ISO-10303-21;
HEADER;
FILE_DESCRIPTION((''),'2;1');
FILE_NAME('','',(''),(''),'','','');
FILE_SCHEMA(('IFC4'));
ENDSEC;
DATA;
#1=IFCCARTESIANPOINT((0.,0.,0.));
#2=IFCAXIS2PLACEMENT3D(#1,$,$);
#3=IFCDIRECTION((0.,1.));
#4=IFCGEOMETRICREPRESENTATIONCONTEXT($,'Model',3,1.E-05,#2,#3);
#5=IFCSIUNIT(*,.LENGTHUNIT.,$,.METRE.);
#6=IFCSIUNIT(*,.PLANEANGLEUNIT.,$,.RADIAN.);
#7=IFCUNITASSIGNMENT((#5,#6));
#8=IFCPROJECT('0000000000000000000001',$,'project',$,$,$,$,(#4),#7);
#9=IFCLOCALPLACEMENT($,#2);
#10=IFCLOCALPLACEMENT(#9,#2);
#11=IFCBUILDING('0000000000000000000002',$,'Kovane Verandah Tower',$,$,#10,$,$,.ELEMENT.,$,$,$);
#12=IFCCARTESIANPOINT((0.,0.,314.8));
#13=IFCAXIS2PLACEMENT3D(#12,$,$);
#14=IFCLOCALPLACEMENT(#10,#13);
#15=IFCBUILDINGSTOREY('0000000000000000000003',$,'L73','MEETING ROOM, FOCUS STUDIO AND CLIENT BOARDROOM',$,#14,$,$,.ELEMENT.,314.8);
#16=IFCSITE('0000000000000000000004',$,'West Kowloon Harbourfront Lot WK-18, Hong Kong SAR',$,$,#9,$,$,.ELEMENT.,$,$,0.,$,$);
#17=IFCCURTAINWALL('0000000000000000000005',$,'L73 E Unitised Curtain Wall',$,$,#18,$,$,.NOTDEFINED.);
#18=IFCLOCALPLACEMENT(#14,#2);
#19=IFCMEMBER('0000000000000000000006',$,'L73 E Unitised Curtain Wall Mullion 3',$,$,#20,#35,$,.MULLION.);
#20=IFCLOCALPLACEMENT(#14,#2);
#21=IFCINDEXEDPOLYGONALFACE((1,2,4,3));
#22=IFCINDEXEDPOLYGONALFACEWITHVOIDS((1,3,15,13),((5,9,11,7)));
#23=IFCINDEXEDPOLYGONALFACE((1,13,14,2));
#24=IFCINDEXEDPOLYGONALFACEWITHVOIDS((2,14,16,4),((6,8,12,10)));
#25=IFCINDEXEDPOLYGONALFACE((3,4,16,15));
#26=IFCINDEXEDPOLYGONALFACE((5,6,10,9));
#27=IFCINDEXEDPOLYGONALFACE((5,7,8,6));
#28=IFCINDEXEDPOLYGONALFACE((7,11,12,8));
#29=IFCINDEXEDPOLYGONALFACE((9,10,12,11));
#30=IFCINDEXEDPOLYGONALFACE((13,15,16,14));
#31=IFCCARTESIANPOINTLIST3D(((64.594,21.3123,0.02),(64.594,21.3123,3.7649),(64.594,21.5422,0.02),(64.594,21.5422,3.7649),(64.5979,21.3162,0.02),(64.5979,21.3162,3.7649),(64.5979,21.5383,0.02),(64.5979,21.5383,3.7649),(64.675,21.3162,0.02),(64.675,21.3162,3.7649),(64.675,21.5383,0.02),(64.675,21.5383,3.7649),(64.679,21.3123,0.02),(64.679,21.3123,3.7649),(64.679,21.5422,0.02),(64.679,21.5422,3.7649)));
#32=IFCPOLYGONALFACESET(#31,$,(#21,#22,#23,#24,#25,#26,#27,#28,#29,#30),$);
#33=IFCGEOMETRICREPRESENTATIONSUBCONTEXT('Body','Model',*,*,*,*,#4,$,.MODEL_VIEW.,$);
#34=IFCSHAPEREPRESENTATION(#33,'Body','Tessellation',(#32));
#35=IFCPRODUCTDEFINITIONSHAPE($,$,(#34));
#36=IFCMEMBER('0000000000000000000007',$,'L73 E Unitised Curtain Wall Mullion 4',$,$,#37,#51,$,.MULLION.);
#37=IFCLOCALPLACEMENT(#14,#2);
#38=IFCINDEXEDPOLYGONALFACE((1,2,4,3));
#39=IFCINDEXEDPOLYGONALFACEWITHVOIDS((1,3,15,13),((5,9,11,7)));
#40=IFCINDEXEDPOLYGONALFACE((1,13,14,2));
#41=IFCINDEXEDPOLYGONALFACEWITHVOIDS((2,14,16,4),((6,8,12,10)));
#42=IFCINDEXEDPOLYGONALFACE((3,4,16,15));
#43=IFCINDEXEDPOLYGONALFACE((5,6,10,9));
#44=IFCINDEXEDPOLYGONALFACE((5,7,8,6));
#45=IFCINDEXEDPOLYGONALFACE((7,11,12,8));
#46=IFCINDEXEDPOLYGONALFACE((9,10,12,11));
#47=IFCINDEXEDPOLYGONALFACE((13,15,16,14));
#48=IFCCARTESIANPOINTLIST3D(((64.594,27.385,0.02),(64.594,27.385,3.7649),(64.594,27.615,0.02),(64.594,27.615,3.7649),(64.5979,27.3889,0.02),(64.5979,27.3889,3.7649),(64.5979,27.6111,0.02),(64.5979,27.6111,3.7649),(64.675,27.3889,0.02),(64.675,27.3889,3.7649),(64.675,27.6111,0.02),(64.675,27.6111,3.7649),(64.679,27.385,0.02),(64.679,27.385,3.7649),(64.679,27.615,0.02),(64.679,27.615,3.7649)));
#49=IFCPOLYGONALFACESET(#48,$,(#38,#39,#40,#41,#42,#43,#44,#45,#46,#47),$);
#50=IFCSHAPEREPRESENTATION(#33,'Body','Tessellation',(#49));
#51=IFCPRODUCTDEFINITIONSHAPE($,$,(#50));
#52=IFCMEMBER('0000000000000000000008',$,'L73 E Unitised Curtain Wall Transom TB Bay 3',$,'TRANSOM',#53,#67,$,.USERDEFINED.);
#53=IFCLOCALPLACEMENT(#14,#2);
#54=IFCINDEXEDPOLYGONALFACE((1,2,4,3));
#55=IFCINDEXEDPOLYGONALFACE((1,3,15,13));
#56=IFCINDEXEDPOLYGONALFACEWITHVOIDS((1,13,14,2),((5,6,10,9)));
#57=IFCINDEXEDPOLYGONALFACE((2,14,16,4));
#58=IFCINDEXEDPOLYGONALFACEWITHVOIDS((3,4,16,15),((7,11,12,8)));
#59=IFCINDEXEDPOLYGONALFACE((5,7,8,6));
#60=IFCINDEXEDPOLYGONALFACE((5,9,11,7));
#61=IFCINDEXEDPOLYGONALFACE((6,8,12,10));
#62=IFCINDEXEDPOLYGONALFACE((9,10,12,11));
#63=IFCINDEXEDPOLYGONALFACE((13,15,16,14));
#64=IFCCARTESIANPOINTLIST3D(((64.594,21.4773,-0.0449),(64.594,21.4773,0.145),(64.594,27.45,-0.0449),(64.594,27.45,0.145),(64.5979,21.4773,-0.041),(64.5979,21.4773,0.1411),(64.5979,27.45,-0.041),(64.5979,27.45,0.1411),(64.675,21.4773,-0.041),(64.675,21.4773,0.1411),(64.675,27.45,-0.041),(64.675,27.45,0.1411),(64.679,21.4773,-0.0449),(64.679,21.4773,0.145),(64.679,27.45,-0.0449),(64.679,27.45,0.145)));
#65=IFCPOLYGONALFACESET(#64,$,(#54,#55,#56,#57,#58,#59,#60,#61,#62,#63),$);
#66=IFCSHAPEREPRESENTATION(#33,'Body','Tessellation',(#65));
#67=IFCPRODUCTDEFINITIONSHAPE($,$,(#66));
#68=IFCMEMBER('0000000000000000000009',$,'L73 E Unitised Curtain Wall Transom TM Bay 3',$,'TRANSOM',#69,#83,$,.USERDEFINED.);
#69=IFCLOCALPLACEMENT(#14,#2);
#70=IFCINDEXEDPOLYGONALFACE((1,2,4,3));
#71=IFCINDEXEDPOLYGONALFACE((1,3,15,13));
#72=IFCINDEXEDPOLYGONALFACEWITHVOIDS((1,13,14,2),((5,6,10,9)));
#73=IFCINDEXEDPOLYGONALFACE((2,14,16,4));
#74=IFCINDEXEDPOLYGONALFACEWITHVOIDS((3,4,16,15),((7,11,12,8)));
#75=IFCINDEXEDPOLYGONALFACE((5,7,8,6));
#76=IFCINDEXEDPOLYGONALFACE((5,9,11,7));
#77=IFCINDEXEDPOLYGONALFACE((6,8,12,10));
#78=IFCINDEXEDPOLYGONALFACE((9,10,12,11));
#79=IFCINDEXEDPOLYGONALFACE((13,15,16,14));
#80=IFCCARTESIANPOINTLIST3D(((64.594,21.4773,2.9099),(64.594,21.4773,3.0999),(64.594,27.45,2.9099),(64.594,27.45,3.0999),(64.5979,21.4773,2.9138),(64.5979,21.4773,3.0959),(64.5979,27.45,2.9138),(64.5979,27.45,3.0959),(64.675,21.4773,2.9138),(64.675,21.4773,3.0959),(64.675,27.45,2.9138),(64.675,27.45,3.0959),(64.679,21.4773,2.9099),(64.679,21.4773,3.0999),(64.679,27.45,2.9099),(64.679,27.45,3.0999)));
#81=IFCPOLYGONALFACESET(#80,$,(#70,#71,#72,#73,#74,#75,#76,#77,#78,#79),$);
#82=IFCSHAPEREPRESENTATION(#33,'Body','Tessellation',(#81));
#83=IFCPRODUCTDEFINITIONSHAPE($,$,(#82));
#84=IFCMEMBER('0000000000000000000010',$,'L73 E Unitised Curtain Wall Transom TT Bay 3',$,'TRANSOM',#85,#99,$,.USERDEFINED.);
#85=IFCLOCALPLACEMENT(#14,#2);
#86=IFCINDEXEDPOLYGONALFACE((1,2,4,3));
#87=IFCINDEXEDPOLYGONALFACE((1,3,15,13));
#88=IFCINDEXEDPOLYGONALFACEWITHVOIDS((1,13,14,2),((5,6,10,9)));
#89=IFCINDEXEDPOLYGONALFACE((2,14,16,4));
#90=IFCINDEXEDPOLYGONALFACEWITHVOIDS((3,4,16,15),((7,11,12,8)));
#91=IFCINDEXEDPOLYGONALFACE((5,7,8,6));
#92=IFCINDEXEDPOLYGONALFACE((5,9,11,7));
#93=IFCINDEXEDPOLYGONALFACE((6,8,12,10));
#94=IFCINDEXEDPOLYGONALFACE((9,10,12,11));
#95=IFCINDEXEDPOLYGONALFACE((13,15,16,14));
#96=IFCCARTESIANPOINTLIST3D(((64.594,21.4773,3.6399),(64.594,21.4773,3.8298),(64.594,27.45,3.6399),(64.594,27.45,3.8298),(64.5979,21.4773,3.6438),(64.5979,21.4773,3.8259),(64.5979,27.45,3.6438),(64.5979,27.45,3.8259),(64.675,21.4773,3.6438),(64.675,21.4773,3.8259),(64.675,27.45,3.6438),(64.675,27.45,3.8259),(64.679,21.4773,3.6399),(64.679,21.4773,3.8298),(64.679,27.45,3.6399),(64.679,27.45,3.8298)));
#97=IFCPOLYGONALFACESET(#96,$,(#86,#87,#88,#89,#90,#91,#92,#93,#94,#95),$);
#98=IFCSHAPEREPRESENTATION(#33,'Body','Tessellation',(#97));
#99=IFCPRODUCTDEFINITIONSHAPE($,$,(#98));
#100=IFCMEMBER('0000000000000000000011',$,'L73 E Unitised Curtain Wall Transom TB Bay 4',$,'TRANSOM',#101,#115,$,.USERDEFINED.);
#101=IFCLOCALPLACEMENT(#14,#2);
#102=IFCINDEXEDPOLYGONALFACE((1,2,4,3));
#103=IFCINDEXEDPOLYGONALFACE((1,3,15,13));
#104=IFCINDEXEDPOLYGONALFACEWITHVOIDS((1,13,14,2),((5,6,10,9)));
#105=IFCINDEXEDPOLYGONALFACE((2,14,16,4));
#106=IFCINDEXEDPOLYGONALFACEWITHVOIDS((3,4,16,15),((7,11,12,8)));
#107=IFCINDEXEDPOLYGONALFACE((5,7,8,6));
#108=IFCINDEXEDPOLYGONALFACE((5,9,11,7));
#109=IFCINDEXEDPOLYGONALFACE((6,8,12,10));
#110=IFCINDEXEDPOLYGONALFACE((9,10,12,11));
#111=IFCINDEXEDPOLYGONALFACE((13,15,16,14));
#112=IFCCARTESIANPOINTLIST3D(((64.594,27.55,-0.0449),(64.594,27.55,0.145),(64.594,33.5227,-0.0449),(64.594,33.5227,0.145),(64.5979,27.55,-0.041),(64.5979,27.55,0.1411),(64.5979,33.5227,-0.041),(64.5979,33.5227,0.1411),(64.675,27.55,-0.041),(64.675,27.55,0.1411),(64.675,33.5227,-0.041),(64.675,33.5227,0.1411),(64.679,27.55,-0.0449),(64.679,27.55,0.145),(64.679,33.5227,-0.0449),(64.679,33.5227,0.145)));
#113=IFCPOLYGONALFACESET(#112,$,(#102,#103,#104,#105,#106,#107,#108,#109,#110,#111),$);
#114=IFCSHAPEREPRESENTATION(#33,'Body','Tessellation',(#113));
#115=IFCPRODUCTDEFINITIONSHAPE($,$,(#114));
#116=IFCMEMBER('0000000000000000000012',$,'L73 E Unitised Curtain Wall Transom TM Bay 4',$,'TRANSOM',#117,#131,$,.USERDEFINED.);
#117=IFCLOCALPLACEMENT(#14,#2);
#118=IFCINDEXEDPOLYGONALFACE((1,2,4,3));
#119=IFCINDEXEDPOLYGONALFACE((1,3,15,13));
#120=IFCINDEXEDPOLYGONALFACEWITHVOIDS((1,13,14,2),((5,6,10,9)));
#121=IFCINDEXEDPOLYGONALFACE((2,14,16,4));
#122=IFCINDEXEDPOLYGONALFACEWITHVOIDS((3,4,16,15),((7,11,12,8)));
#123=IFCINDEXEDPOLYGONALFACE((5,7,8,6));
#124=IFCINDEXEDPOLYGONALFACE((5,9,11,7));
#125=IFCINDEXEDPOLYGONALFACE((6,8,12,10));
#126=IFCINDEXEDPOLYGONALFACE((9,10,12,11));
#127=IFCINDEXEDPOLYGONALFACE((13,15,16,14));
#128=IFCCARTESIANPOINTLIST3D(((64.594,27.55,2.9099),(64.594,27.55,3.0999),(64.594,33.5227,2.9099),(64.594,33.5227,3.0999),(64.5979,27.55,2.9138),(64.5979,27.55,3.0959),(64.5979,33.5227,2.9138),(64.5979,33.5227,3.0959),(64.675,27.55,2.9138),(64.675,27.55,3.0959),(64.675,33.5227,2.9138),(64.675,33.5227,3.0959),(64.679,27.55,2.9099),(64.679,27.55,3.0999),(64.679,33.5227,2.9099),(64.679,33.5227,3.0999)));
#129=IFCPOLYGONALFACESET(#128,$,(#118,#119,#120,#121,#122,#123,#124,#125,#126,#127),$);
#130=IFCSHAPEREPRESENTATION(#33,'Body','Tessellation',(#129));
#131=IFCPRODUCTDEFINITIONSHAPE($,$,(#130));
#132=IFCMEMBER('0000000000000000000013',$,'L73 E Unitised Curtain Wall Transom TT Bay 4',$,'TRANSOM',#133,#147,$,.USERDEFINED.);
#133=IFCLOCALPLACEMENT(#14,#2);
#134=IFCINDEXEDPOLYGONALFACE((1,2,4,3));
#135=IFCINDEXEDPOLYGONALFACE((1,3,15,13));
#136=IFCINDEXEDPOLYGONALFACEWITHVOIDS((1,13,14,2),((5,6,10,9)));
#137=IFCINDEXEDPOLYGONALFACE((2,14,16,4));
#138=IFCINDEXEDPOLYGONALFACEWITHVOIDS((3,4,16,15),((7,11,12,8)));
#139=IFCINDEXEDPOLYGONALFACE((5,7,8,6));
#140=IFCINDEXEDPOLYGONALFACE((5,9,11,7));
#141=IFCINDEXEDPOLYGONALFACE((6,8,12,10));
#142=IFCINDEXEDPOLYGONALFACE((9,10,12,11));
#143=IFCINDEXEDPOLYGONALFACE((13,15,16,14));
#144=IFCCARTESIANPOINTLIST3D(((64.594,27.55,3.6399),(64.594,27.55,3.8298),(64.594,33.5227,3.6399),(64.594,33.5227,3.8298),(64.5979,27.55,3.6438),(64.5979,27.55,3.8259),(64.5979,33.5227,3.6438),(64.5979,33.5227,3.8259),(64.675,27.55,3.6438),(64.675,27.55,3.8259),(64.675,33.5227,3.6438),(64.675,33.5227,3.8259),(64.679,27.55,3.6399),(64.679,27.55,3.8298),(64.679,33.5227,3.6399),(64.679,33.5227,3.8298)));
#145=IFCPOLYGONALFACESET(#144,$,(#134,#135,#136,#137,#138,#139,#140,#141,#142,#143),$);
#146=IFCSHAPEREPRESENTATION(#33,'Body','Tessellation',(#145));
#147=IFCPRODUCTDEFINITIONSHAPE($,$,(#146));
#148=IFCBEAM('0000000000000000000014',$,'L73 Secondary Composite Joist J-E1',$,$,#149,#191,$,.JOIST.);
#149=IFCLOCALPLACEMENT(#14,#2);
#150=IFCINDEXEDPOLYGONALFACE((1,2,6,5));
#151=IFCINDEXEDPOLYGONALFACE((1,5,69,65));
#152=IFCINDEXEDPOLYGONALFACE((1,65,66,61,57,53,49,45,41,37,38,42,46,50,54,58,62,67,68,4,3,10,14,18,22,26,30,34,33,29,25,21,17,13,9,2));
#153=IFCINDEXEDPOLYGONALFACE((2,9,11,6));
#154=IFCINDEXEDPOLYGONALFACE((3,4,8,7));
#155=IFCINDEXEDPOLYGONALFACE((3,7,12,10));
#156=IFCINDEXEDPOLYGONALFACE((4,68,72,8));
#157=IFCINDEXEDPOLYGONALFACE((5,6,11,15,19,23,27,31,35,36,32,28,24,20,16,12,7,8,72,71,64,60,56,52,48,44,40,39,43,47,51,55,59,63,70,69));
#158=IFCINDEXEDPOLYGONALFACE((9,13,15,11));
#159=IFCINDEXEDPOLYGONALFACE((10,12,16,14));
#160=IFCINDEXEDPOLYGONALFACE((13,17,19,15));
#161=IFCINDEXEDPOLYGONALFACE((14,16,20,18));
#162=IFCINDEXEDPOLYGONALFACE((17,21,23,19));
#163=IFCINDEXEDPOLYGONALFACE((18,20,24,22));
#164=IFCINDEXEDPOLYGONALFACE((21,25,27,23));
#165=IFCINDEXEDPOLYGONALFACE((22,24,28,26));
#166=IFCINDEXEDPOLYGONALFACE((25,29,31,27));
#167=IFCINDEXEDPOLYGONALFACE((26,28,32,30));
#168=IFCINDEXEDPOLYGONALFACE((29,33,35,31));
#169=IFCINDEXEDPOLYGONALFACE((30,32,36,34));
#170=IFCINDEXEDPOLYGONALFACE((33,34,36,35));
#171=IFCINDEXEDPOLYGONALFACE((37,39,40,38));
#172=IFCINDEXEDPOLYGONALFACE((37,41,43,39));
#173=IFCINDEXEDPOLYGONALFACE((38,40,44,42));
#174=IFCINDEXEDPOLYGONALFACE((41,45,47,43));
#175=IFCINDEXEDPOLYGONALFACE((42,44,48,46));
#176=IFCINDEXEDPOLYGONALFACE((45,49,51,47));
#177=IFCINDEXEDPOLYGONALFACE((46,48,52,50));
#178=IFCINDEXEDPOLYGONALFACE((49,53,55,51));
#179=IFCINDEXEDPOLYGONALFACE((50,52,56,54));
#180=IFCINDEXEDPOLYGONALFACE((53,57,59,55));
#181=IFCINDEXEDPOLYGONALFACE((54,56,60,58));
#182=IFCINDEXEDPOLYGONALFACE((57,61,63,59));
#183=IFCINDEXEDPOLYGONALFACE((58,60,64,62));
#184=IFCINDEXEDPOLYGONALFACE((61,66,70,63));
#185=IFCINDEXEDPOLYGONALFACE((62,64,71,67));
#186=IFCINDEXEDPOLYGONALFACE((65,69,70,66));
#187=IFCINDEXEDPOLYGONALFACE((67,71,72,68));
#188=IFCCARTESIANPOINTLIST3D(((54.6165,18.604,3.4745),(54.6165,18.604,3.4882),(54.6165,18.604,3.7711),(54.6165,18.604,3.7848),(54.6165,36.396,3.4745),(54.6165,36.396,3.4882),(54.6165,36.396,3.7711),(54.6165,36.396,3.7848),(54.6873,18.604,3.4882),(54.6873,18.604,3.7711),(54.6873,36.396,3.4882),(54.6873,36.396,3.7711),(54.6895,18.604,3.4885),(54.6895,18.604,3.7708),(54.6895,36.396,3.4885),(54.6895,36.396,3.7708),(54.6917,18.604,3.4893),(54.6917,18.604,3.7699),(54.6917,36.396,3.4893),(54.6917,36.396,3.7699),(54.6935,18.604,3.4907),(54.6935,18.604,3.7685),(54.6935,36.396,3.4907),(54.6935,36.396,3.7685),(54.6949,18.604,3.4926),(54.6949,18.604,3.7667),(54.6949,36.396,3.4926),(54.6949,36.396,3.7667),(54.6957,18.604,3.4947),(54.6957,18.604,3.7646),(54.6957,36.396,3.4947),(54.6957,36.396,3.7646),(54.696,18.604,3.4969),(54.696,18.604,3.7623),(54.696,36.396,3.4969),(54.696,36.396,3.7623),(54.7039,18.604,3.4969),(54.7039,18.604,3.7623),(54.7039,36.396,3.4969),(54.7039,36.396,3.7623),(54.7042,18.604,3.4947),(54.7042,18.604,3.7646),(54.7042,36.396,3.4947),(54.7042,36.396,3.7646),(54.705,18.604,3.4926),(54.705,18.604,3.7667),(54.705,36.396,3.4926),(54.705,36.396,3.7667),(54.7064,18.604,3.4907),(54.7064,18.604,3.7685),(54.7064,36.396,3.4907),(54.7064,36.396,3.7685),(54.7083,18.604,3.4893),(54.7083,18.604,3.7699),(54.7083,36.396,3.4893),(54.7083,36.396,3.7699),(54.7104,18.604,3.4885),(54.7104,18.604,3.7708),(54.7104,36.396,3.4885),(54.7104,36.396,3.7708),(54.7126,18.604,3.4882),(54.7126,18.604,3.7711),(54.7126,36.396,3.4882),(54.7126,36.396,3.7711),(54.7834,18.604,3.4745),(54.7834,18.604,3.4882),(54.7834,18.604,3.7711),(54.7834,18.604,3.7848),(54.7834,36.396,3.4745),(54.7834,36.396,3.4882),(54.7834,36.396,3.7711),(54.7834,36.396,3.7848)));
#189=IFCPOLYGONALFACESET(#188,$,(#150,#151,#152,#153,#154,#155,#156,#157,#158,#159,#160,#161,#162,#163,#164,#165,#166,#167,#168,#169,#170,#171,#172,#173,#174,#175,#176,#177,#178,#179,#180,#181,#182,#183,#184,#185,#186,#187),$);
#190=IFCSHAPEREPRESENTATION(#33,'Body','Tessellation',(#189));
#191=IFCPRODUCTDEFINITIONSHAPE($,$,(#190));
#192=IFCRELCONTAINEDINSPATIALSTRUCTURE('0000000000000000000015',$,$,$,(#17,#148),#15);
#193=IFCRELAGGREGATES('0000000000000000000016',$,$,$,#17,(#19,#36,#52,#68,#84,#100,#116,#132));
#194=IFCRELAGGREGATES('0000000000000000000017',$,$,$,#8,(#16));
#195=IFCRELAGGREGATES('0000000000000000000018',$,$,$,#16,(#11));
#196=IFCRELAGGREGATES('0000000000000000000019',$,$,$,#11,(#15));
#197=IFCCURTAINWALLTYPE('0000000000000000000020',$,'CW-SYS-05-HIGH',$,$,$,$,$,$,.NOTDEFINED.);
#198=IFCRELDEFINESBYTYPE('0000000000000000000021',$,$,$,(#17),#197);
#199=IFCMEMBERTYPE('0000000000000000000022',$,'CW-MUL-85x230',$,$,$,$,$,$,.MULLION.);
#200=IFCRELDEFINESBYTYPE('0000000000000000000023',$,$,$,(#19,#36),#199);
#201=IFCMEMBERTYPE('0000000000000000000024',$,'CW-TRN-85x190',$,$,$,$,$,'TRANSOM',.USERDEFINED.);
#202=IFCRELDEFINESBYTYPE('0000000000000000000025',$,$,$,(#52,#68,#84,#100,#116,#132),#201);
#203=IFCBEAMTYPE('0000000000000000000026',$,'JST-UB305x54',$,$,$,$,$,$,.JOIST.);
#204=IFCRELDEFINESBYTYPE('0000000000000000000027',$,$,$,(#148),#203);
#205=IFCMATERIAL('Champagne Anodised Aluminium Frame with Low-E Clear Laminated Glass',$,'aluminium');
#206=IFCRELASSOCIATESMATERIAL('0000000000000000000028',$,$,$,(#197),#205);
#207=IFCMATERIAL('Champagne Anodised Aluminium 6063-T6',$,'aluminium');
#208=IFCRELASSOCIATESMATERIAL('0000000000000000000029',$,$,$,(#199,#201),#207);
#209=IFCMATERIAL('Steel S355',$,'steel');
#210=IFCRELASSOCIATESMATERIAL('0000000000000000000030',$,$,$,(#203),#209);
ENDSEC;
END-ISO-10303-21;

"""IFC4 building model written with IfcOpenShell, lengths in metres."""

from ifc_helpers import new_model, si_unit, direction, frame, origin, origin_2d, place, context, subcontext, project, spatial, hollow_rectangle, i_section, extrude, material, material_profile, profile_set, type_object, element, aggregate, save


model = new_model("IFC4")

# Units and contexts
model_context = context("Model", 3, precision=1e-05, world=origin(), true_north=direction((0.0, 1.0)))
body_context = subcontext(model_context, "Body", "Model", "MODEL_VIEW")
ifc_project = project(units=[si_unit("LENGTHUNIT", "METRE"), si_unit("PLANEANGLEUNIT", "RADIAN")], contexts=[model_context])

# Site, building, storey
site_placement = place(None, origin())
site = spatial("IfcSite", under=ifc_project, at=site_placement, Name="West Kowloon Harbourfront Lot WK-18, Hong Kong SAR", CompositionType="ELEMENT", RefElevation=0.0)
building_placement = place(site_placement, origin())
building = spatial("IfcBuilding", under=site, at=building_placement, Name="Kovane Verandah Tower", CompositionType="ELEMENT")
storey_placement = place(building_placement, frame((0.0, 0.0, 314.8)))
storey = spatial("IfcBuildingStorey", under=building, at=storey_placement, Name="L73", Description="MEETING ROOM, FOCUS STUDIO AND CLIENT BOARDROOM", CompositionType="ELEMENT", Elevation=314.8)

# Shared definitions
ifc_material_1 = material(Name="Steel S355", Category="steel")

# Curtain wall, members
ifc_material_2 = material(Name="Champagne Anodised Aluminium Frame with Low-E Clear Laminated Glass", Category="aluminium")
curtain_wall_type = type_object("IfcCurtainWallType", Name="CW-SYS-05-HIGH", PredefinedType="NOTDEFINED", material=ifc_material_2)
curtain_wall_placement = place(storey_placement, origin())
curtain_wall = element("IfcCurtainWall", 1, at=curtain_wall_placement, inside=storey, type_object=curtain_wall_type, Name="L73 E Unitised Curtain Wall", PredefinedType="NOTDEFINED")
ifc_material_3 = material(Name="Champagne Anodised Aluminium 6063-T6", Category="aluminium")
ifc_material_profile_1 = material_profile(ifc_material_3, hollow_rectangle(XDim=0.085, YDim=0.23, WallThickness=0.0039, at=origin_2d()), Name="AL85x230x4")
ifc_profile_set_1 = profile_set([ifc_material_profile_1], Name="Champagne Anodised Aluminium 6063-T6")
member_type_1 = type_object("IfcMemberType", Name="CW-MUL-85x230", PredefinedType="MULLION", material=ifc_profile_set_1)
member_1_placement = place(storey_placement, frame((64.6365, 21.4272, 0.02), z_axis=(0.0, 0.0, 1.0), x_axis=(1.0, 0.0, 0.0)))
member_1 = element("IfcMember", 2, at=member_1_placement, type_object=member_type_1, Name="L73 E Unitised Curtain Wall Mullion 3", PredefinedType="MULLION", context=body_context, shape_type="SweptSolid", body=[
    extrude(hollow_rectangle(XDim=0.085, YDim=0.23, WallThickness=0.0039, at=origin_2d()), origin(), (0.0, 0.0, 1.0), 3.7449),
])
member_2_placement = place(storey_placement, frame((64.6365, 27.5, 0.02), z_axis=(0.0, 0.0, 1.0), x_axis=(1.0, 0.0, 0.0)))
member_2 = element("IfcMember", 3, at=member_2_placement, type_object=member_type_1, Name="L73 E Unitised Curtain Wall Mullion 4", PredefinedType="MULLION", context=body_context, shape_type="SweptSolid", body=[
    extrude(hollow_rectangle(XDim=0.085, YDim=0.23, WallThickness=0.0039, at=origin_2d()), origin(), (0.0, 0.0, 1.0), 3.7449),
])
ifc_material_profile_2 = material_profile(ifc_material_3, hollow_rectangle(XDim=0.085, YDim=0.1899, WallThickness=0.0039, at=origin_2d()), Name="AL85x190x4")
ifc_profile_set_2 = profile_set([ifc_material_profile_2], Name="Champagne Anodised Aluminium 6063-T6")
member_type_2 = type_object("IfcMemberType", Name="CW-TRN-85x190", ElementType="TRANSOM", PredefinedType="USERDEFINED", material=ifc_profile_set_2)
member_3_placement = place(storey_placement, frame((64.6365, 21.4773, 0.05), z_axis=(0.0, 1.0, 0.0), x_axis=(-1.0, 0.0, 0.0)))
member_3 = element("IfcMember", 4, at=member_3_placement, type_object=member_type_2, Name="L73 E Unitised Curtain Wall Transom TB Bay 3", ObjectType="TRANSOM", PredefinedType="USERDEFINED", context=body_context, shape_type="SweptSolid", body=[
    extrude(hollow_rectangle(XDim=0.085, YDim=0.1899, WallThickness=0.0039, at=origin_2d()), origin(), (0.0, 0.0, 1.0), 5.9727),
])
member_4_placement = place(storey_placement, frame((64.6365, 21.4773, 3.0049), z_axis=(0.0, 1.0, 0.0), x_axis=(-1.0, 0.0, 0.0)))
member_4 = element("IfcMember", 5, at=member_4_placement, type_object=member_type_2, Name="L73 E Unitised Curtain Wall Transom TM Bay 3", ObjectType="TRANSOM", PredefinedType="USERDEFINED", context=body_context, shape_type="SweptSolid", body=[
    extrude(hollow_rectangle(XDim=0.085, YDim=0.1899, WallThickness=0.0039, at=origin_2d()), origin(), (0.0, 0.0, 1.0), 5.9727),
])
member_5_placement = place(storey_placement, frame((64.6365, 21.4773, 3.7349), z_axis=(0.0, 1.0, 0.0), x_axis=(-1.0, 0.0, 0.0)))
member_5 = element("IfcMember", 6, at=member_5_placement, type_object=member_type_2, Name="L73 E Unitised Curtain Wall Transom TT Bay 3", ObjectType="TRANSOM", PredefinedType="USERDEFINED", context=body_context, shape_type="SweptSolid", body=[
    extrude(hollow_rectangle(XDim=0.085, YDim=0.1899, WallThickness=0.0039, at=origin_2d()), origin(), (0.0, 0.0, 1.0), 5.9727),
])
member_6_placement = place(storey_placement, frame((64.6365, 27.55, 0.05), z_axis=(0.0, 1.0, 0.0), x_axis=(-1.0, 0.0, 0.0)))
member_6 = element("IfcMember", 7, at=member_6_placement, type_object=member_type_2, Name="L73 E Unitised Curtain Wall Transom TB Bay 4", ObjectType="TRANSOM", PredefinedType="USERDEFINED", context=body_context, shape_type="SweptSolid", body=[
    extrude(hollow_rectangle(XDim=0.085, YDim=0.1899, WallThickness=0.0039, at=origin_2d()), origin(), (0.0, 0.0, 1.0), 5.9727),
])
member_7_placement = place(storey_placement, frame((64.6365, 27.55, 3.0049), z_axis=(0.0, 1.0, 0.0), x_axis=(-1.0, 0.0, 0.0)))
member_7 = element("IfcMember", 8, at=member_7_placement, type_object=member_type_2, Name="L73 E Unitised Curtain Wall Transom TM Bay 4", ObjectType="TRANSOM", PredefinedType="USERDEFINED", context=body_context, shape_type="SweptSolid", body=[
    extrude(hollow_rectangle(XDim=0.085, YDim=0.1899, WallThickness=0.0039, at=origin_2d()), origin(), (0.0, 0.0, 1.0), 5.9727),
])
member_8_placement = place(storey_placement, frame((64.6365, 27.55, 3.7349), z_axis=(0.0, 1.0, 0.0), x_axis=(-1.0, 0.0, 0.0)))
member_8 = element("IfcMember", 9, at=member_8_placement, type_object=member_type_2, Name="L73 E Unitised Curtain Wall Transom TT Bay 4", ObjectType="TRANSOM", PredefinedType="USERDEFINED", context=body_context, shape_type="SweptSolid", body=[
    extrude(hollow_rectangle(XDim=0.085, YDim=0.1899, WallThickness=0.0039, at=origin_2d()), origin(), (0.0, 0.0, 1.0), 5.9727),
])

# Beam
ifc_material_profile_3 = material_profile(ifc_material_1, i_section(OverallWidth=0.167, OverallDepth=0.3103, WebThickness=0.0078, FlangeThickness=0.0137, FilletRadius=0.0088, at=origin_2d()), Name="UB305x165x54")
ifc_profile_set_3 = profile_set([ifc_material_profile_3], Name="Steel S355")
beam_type_1 = type_object("IfcBeamType", Name="JST-UB305x54", PredefinedType="JOIST", material=ifc_profile_set_3)
beam_1_placement = place(storey_placement, frame((54.7, 18.604, 3.6296), z_axis=(0.0, 1.0, 0.0), x_axis=(-1.0, 0.0, 0.0)))
element("IfcBeam", 10, at=beam_1_placement, inside=storey, type_object=beam_type_1, Name="L73 Secondary Composite Joist J-E1", PredefinedType="JOIST", context=body_context, shape_type="SweptSolid", body=[
    extrude(i_section(OverallWidth=0.167, OverallDepth=0.3103, WebThickness=0.0078, FlangeThickness=0.0137, FilletRadius=0.0088, at=origin_2d()), origin(), (0.0, 0.0, 1.0), 17.792),
])

aggregate(curtain_wall, [member_1, member_2, member_3, member_4, member_5, member_6, member_7, member_8])

save(model, "model.ifc")
